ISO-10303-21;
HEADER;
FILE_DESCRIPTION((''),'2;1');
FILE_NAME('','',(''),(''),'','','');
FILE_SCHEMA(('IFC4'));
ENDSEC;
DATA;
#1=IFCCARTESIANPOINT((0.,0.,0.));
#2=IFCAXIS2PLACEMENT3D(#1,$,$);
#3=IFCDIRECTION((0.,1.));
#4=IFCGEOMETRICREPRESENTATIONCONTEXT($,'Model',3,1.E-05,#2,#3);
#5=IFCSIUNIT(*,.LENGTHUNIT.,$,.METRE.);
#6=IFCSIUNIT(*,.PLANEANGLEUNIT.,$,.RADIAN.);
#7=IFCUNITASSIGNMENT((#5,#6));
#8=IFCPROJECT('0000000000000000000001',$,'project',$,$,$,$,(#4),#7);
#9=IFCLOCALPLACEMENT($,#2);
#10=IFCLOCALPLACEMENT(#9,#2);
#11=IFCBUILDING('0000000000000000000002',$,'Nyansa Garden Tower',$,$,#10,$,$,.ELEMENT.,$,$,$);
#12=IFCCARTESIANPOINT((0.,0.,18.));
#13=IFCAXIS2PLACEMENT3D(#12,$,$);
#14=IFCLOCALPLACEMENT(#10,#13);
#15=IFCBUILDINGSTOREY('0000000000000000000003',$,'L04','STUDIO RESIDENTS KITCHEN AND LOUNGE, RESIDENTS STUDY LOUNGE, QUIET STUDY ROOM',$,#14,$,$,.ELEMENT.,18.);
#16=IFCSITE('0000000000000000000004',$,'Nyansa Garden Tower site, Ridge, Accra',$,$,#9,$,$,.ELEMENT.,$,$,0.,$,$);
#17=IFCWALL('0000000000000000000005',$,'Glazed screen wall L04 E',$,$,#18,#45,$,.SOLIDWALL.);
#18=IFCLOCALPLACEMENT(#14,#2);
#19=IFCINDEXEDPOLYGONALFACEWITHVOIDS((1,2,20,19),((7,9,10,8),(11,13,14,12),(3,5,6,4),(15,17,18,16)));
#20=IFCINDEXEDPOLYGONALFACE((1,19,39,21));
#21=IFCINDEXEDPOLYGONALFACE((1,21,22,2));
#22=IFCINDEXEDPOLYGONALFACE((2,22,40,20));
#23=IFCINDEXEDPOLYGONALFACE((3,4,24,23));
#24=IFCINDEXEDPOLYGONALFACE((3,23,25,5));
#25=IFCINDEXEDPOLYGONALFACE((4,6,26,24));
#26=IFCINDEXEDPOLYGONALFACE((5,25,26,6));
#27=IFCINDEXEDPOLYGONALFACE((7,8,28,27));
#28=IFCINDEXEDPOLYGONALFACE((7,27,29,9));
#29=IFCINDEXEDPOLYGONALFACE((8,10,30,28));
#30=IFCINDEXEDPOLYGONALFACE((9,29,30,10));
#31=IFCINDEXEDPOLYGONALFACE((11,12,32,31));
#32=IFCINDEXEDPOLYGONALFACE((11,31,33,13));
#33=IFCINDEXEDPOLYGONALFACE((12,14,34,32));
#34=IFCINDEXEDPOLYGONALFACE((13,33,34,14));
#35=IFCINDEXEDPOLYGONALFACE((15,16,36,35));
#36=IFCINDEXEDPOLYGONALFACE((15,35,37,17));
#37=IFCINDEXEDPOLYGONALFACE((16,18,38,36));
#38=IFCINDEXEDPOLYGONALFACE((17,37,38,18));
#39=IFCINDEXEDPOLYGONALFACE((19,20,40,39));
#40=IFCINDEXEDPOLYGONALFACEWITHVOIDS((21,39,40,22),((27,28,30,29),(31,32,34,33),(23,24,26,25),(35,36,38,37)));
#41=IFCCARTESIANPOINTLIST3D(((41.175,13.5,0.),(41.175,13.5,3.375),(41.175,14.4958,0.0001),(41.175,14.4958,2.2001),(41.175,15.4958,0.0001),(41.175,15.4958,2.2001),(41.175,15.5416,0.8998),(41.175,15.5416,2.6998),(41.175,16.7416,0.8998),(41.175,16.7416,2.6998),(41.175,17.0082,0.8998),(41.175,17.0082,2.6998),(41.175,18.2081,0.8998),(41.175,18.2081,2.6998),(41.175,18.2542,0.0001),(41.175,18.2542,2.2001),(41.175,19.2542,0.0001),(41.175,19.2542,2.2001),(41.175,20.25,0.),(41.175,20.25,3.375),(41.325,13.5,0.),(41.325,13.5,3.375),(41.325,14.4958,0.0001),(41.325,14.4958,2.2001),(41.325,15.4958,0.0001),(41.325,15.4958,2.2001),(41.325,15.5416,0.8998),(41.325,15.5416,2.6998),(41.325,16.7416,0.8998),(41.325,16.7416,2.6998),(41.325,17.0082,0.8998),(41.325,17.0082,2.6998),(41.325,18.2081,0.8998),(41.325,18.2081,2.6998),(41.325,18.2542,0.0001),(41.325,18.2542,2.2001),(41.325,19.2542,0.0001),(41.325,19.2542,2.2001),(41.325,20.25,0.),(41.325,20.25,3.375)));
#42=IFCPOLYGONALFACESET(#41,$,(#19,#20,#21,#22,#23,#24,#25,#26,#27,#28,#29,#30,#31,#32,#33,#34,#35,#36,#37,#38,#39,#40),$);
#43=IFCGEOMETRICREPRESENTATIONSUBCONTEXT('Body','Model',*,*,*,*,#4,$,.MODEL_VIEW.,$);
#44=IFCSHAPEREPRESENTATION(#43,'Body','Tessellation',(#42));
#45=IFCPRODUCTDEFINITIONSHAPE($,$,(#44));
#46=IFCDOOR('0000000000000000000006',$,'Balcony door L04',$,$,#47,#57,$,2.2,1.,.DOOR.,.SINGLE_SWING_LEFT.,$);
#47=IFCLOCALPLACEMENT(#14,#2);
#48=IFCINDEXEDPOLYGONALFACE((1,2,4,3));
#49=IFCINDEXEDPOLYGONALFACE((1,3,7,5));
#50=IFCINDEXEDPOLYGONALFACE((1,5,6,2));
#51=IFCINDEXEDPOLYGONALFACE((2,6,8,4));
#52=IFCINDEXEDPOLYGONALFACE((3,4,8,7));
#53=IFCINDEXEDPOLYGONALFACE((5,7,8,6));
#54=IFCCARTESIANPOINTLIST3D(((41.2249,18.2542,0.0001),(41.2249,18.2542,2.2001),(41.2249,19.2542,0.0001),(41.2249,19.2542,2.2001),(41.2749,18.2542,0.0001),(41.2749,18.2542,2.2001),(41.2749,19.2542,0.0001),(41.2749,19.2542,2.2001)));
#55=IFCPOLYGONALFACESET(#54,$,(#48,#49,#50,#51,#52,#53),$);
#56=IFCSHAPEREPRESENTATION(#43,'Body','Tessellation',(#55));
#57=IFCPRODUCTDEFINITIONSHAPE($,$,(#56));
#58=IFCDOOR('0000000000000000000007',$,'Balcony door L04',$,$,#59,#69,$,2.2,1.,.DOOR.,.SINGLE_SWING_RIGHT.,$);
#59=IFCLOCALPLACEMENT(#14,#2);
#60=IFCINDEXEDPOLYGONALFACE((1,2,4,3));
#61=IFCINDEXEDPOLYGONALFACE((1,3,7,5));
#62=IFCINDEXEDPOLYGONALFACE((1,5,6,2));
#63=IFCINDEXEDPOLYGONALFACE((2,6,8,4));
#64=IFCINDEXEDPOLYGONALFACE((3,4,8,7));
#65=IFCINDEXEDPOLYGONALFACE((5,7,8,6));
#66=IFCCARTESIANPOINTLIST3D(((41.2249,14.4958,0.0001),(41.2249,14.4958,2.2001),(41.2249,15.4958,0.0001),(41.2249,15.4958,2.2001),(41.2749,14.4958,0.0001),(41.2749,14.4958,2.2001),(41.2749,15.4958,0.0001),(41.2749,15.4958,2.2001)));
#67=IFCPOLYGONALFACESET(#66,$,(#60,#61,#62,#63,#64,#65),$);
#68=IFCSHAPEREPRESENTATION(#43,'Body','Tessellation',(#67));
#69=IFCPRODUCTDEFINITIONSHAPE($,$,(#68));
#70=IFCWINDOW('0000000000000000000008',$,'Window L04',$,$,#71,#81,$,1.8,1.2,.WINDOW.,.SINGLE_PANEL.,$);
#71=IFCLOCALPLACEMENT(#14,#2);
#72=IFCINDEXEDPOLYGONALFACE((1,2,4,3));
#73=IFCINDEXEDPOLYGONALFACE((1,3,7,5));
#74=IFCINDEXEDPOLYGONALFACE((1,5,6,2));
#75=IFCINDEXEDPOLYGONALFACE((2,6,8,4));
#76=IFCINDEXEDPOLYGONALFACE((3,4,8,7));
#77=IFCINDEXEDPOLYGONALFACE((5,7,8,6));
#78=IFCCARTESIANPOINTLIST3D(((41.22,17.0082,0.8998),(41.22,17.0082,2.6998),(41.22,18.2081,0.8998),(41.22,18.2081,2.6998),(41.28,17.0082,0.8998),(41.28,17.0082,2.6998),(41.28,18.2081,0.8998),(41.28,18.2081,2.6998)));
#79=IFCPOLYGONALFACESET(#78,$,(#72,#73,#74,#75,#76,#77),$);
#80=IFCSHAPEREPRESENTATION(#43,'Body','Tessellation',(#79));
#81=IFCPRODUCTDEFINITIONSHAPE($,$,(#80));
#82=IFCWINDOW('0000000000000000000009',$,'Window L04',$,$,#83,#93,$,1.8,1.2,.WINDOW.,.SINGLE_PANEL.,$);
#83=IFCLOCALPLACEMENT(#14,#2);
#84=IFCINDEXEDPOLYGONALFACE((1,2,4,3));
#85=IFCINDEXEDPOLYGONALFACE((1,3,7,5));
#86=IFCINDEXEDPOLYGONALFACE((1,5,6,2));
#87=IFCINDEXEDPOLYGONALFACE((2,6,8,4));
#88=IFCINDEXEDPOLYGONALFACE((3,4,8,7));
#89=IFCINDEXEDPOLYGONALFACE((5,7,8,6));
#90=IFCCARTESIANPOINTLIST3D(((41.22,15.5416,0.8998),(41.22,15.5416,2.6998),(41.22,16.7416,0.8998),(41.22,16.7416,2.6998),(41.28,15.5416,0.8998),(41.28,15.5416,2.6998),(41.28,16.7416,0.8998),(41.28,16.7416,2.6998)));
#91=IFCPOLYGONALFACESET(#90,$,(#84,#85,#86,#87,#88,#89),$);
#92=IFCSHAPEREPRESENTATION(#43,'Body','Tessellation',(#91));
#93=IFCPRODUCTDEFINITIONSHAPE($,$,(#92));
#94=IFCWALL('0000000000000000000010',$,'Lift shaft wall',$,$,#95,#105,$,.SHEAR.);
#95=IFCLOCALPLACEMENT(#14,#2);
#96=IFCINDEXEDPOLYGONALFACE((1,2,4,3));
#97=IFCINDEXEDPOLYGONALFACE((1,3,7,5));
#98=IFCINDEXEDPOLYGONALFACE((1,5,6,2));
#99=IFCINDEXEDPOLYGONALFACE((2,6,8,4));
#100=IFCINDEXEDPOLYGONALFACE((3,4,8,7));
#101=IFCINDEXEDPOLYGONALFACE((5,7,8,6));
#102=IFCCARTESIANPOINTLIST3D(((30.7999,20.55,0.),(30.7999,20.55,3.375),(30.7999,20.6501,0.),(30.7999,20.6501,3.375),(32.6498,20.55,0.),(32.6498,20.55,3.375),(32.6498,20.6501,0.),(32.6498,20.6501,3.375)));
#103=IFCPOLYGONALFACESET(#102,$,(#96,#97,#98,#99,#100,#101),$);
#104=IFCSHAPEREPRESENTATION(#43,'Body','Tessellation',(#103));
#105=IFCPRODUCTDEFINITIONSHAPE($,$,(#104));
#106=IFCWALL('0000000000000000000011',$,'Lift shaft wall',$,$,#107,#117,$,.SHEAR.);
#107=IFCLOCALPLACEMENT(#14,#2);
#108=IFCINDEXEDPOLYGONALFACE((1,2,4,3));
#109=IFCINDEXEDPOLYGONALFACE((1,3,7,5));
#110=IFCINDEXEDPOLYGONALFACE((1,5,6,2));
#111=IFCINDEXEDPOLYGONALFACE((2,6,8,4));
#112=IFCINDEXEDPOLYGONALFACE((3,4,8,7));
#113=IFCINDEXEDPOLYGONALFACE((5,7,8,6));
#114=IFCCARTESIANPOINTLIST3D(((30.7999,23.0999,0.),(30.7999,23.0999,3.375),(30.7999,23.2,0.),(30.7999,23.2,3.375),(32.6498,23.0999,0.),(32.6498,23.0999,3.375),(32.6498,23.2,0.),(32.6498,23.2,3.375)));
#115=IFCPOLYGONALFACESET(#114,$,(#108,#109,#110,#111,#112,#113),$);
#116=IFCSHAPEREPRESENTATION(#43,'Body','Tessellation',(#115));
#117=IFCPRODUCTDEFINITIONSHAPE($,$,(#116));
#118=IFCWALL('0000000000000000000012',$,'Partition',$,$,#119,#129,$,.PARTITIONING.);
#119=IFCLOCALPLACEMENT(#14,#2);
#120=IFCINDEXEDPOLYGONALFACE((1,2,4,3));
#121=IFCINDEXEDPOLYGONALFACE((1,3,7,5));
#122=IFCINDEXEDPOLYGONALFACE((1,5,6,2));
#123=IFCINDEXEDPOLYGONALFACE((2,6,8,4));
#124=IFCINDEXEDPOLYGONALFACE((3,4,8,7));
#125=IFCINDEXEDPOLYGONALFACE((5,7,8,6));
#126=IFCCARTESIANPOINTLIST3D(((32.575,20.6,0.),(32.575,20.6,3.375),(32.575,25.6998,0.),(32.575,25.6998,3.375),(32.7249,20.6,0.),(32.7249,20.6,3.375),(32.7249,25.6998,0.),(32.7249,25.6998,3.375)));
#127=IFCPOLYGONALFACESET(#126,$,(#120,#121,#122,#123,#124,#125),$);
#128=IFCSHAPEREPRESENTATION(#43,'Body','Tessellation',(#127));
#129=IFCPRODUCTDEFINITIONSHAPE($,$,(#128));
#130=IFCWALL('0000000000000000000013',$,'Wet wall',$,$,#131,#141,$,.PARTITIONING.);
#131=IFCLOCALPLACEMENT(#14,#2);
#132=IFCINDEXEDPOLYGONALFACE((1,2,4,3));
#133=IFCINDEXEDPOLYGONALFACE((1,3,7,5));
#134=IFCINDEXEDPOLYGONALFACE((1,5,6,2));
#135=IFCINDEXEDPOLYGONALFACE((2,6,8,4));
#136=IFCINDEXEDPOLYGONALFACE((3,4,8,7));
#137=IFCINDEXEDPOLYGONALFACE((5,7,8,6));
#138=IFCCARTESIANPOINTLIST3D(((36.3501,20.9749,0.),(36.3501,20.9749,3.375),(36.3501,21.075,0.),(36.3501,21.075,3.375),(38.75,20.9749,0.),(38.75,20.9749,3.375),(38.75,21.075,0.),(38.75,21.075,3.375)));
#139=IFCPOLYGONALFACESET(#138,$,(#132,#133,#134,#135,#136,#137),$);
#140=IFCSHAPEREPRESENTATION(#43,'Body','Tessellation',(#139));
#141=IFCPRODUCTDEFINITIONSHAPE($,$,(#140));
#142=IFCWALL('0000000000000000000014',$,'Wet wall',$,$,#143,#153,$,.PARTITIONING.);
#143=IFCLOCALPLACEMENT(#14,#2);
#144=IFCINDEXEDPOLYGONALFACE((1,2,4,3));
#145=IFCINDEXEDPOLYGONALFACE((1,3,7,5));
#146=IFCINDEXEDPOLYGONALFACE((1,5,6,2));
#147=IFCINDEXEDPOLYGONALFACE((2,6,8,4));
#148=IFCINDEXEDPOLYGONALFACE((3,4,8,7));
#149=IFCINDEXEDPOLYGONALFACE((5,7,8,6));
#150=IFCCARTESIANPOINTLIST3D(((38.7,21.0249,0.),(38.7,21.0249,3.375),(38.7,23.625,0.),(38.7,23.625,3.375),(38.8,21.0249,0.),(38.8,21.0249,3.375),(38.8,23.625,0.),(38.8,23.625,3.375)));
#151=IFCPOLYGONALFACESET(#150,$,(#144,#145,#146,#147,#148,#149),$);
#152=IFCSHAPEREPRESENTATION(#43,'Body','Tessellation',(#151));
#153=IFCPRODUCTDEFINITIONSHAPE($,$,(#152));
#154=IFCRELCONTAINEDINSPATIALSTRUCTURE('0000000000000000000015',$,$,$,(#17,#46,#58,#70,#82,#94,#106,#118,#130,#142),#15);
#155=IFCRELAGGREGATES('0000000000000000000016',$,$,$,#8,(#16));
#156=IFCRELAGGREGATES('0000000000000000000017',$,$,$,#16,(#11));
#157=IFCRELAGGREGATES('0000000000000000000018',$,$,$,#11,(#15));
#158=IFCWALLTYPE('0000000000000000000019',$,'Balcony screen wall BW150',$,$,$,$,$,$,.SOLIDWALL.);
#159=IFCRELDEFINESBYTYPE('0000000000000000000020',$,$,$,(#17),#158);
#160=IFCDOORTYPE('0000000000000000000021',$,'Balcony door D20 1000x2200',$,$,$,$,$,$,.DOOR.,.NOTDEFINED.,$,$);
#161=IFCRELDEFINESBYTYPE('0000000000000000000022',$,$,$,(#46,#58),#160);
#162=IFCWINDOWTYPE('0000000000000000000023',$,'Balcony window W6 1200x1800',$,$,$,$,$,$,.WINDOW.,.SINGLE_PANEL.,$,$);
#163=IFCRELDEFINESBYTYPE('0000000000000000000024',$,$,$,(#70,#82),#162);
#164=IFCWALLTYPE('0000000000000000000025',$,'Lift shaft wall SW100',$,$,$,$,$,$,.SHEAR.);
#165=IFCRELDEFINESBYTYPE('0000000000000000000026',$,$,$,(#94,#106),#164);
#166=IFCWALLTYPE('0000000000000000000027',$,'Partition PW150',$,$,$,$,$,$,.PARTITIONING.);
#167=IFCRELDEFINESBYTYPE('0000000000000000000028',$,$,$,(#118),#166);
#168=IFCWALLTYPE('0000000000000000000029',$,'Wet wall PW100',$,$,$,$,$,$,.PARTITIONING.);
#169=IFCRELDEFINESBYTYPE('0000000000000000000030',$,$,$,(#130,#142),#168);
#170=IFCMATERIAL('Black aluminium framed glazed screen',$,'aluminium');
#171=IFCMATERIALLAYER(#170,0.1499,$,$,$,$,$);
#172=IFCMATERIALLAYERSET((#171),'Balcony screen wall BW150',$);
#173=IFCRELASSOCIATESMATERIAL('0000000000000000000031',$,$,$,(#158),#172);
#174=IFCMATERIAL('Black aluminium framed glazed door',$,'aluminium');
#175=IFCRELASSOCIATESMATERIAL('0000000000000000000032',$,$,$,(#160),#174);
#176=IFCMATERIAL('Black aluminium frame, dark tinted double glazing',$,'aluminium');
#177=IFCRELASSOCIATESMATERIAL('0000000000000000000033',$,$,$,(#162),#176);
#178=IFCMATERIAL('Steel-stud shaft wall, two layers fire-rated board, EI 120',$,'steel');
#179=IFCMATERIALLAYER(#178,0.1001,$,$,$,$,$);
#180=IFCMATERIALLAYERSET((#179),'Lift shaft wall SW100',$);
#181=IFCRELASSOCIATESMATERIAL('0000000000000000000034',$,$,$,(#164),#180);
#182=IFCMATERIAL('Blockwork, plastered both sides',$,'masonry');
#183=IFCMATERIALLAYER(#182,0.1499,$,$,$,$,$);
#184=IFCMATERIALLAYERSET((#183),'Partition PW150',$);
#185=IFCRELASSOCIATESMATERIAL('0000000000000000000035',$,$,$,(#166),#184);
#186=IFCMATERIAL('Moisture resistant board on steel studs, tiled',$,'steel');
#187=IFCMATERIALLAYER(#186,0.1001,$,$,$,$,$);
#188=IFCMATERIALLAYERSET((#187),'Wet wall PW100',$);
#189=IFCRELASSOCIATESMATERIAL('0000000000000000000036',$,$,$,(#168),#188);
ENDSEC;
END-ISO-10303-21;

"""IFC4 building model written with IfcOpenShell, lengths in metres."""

from ifc_helpers import new_model, si_unit, direction, frame, frame_2d, origin, place, context, subcontext, project, spatial, rectangle, extrude, material, layer, layer_set, type_object, element, fill, save


model = new_model("IFC4")

# Units and contexts
model_context = context("Model", 3, precision=1e-05, world=origin(), true_north=direction((0.0, 1.0)))
body_context = subcontext(model_context, "Body", "Model", "MODEL_VIEW")
ifc_project = project(units=[si_unit("LENGTHUNIT", "METRE"), si_unit("PLANEANGLEUNIT", "RADIAN")], contexts=[model_context])

# Site, building, storey
site_placement = place(None, origin())
site = spatial("IfcSite", under=ifc_project, at=site_placement, Name="Nyansa Garden Tower site, Ridge, Accra", CompositionType="ELEMENT", RefElevation=0.0)
building_placement = place(site_placement, origin())
building = spatial("IfcBuilding", under=site, at=building_placement, Name="Nyansa Garden Tower", CompositionType="ELEMENT")
storey_placement = place(building_placement, frame((0.0, 0.0, 18.0)))
storey = spatial("IfcBuildingStorey", under=building, at=storey_placement, Name="L04", Description="STUDIO RESIDENTS KITCHEN AND LOUNGE, RESIDENTS STUDY LOUNGE, QUIET STUDY ROOM", CompositionType="ELEMENT", Elevation=18.0)

# Wall, openings, doors, windows
ifc_material_1 = material(Name="Black aluminium framed glazed screen", Category="aluminium")
ifc_layer_1 = layer(ifc_material_1, 0.1499)
ifc_layer_set_1 = layer_set([ifc_layer_1], Name="Balcony screen wall BW150")
wall_type_1 = type_object("IfcWallType", Name="Balcony screen wall BW150", PredefinedType="SOLIDWALL", material=ifc_layer_set_1)
wall_1_placement = place(storey_placement, frame((41.25, 20.25, 0.0), z_axis=(0.0, 0.0, 1.0), x_axis=(0.0, -1.0, 0.0)))
wall_1 = element("IfcWall", 1, at=wall_1_placement, inside=storey, type_object=wall_type_1, Name="Glazed screen wall L04 E", PredefinedType="SOLIDWALL", context=body_context, shape_type="SweptSolid", body=[
    extrude(rectangle(XDim=6.75, YDim=0.1499, at=frame_2d((3.375, 0.0))), origin(), (0.0, 0.0, 1.0), 3.375),
])
opening_1_placement = place(wall_1_placement, frame((0.9958, 0.0, 0.0)))
opening_1 = element("IfcOpeningElement", 2, at=opening_1_placement, cuts=wall_1, PredefinedType="OPENING", context=body_context, shape_type="SweptSolid", body=[
    extrude(rectangle(XDim=1.0, YDim=2.2, at=frame_2d((0.5, 1.1001))), frame((0.0, 0.085, 0.0), z_axis=(0.0, -1.0, 0.0), x_axis=(1.0, 0.0, 0.0)), (0.0, 0.0, 1.0), 0.1699),
])
opening_2_placement = place(wall_1_placement, frame((2.0417, 0.0, 0.8999)))
opening_2 = element("IfcOpeningElement", 3, at=opening_2_placement, cuts=wall_1, PredefinedType="OPENING", context=body_context, shape_type="SweptSolid", body=[
    extrude(rectangle(XDim=1.2, YDim=1.8, at=frame_2d((0.6001, 0.8999))), frame((0.0, 0.085, 0.0), z_axis=(0.0, -1.0, 0.0), x_axis=(1.0, 0.0, 0.0)), (0.0, 0.0, 1.0), 0.1699),
])
opening_3_placement = place(wall_1_placement, frame((4.7542, 0.0, 0.0)))
opening_3 = element("IfcOpeningElement", 4, at=opening_3_placement, cuts=wall_1, PredefinedType="OPENING", context=body_context, shape_type="SweptSolid", body=[
    extrude(rectangle(XDim=1.0, YDim=2.2, at=frame_2d((0.5, 1.1001))), frame((0.0, 0.085, 0.0), z_axis=(0.0, -1.0, 0.0), x_axis=(1.0, 0.0, 0.0)), (0.0, 0.0, 1.0), 0.1699),
])
opening_4_placement = place(wall_1_placement, frame((3.5083, 0.0, 0.8999)))
opening_4 = element("IfcOpeningElement", 5, at=opening_4_placement, cuts=wall_1, PredefinedType="OPENING", context=body_context, shape_type="SweptSolid", body=[
    extrude(rectangle(XDim=1.2, YDim=1.8, at=frame_2d((0.6001, 0.8999))), frame((0.0, 0.085, 0.0), z_axis=(0.0, -1.0, 0.0), x_axis=(1.0, 0.0, 0.0)), (0.0, 0.0, 1.0), 0.1699),
])
ifc_material_2 = material(Name="Black aluminium framed glazed door", Category="aluminium")
door_type_1 = type_object("IfcDoorType", Name="Balcony door D20 1000x2200", OperationType="NOTDEFINED", PredefinedType="DOOR", material=ifc_material_2)
door_1_placement = place(opening_1_placement, origin())
door_1 = element("IfcDoor", 6, at=door_1_placement, inside=storey, type_object=door_type_1, Name="Balcony door L04", OperationType="SINGLE_SWING_LEFT", OverallHeight=2.2, OverallWidth=1.0, PredefinedType="DOOR", context=body_context, shape_type="SweptSolid", body=[
    extrude(rectangle(XDim=1.0, YDim=2.2, at=frame_2d((0.5, 1.1001))), frame((0.0, 0.0249, 0.0), z_axis=(0.0, -1.0, 0.0), x_axis=(1.0, 0.0, 0.0)), (0.0, 0.0, 1.0), 0.05),
])
fill(opening_1, door_1)
door_2_placement = place(opening_3_placement, origin())
door_2 = element("IfcDoor", 7, at=door_2_placement, inside=storey, type_object=door_type_1, Name="Balcony door L04", OperationType="SINGLE_SWING_RIGHT", OverallHeight=2.2, OverallWidth=1.0, PredefinedType="DOOR", context=body_context, shape_type="SweptSolid", body=[
    extrude(rectangle(XDim=1.0, YDim=2.2, at=frame_2d((0.5, 1.1001))), frame((0.0, 0.0249, 0.0), z_axis=(0.0, -1.0, 0.0), x_axis=(1.0, 0.0, 0.0)), (0.0, 0.0, 1.0), 0.05),
])
fill(opening_3, door_2)
ifc_material_3 = material(Name="Black aluminium frame, dark tinted double glazing", Category="aluminium")
window_type = type_object("IfcWindowType", Name="Balcony window W6 1200x1800", PartitioningType="SINGLE_PANEL", PredefinedType="WINDOW", material=ifc_material_3)
window_1_placement = place(opening_2_placement, origin())
window_1 = element("IfcWindow", 8, at=window_1_placement, inside=storey, type_object=window_type, Name="Window L04", OverallHeight=1.8, OverallWidth=1.2, PartitioningType="SINGLE_PANEL", PredefinedType="WINDOW", context=body_context, shape_type="SweptSolid", body=[
    extrude(rectangle(XDim=1.2, YDim=1.8, at=frame_2d((0.6001, 0.8999))), frame((0.0, 0.03, 0.0), z_axis=(0.0, -1.0, 0.0), x_axis=(1.0, 0.0, 0.0)), (0.0, 0.0, 1.0), 0.0601),
])
fill(opening_2, window_1)
window_2_placement = place(opening_4_placement, origin())
window_2 = element("IfcWindow", 9, at=window_2_placement, inside=storey, type_object=window_type, Name="Window L04", OverallHeight=1.8, OverallWidth=1.2, PartitioningType="SINGLE_PANEL", PredefinedType="WINDOW", context=body_context, shape_type="SweptSolid", body=[
    extrude(rectangle(XDim=1.2, YDim=1.8, at=frame_2d((0.6001, 0.8999))), frame((0.0, 0.03, 0.0), z_axis=(0.0, -1.0, 0.0), x_axis=(1.0, 0.0, 0.0)), (0.0, 0.0, 1.0), 0.0601),
])
fill(opening_4, window_2)

# Walls
ifc_material_4 = material(Name="Steel-stud shaft wall, two layers fire-rated board, EI 120", Category="steel")
ifc_layer_2 = layer(ifc_material_4, 0.1001)
ifc_layer_set_2 = layer_set([ifc_layer_2], Name="Lift shaft wall SW100")
wall_type_2 = type_object("IfcWallType", Name="Lift shaft wall SW100", PredefinedType="SHEAR", material=ifc_layer_set_2)
for number, where, z_axis, x_axis, name in (
    (10, (30.8, 20.6001, 0.0), (0.0, 0.0, 1.0), (1.0, 0.0, 0.0), "Lift shaft wall"),
    (11, (30.8, 23.1499, 0.0), (0.0, 0.0, 1.0), (1.0, 0.0, 0.0), "Lift shaft wall"),
):
    element("IfcWall", number, at=place(storey_placement, frame(where, z_axis=z_axis, x_axis=x_axis)), inside=storey, type_object=wall_type_2, Name=name, PredefinedType="SHEAR", context=body_context, shape_type="SweptSolid", body=[
        extrude(rectangle(XDim=1.8499, YDim=0.1001, at=frame_2d((0.9248, 0.0))), origin(), (0.0, 0.0, 1.0), 3.375),
    ])
ifc_material_5 = material(Name="Blockwork, plastered both sides", Category="masonry")
ifc_layer_3 = layer(ifc_material_5, 0.1499)
ifc_layer_set_3 = layer_set([ifc_layer_3], Name="Partition PW150")
wall_type_3 = type_object("IfcWallType", Name="Partition PW150", PredefinedType="PARTITIONING", material=ifc_layer_set_3)
wall_2_placement = place(storey_placement, frame((32.6499, 20.6001, 0.0), z_axis=(0.0, 0.0, 1.0), x_axis=(0.0, 1.0, 0.0)))
element("IfcWall", 12, at=wall_2_placement, inside=storey, type_object=wall_type_3, Name="Partition", PredefinedType="PARTITIONING", context=body_context, shape_type="SweptSolid", body=[
    extrude(rectangle(XDim=5.0999, YDim=0.1499, at=frame_2d((2.5498, 0.0))), origin(), (0.0, 0.0, 1.0), 3.375),
])
ifc_material_6 = material(Name="Moisture resistant board on steel studs, tiled", Category="steel")
ifc_layer_4 = layer(ifc_material_6, 0.1001)
ifc_layer_set_4 = layer_set([ifc_layer_4], Name="Wet wall PW100")
wall_type_4 = type_object("IfcWallType", Name="Wet wall PW100", PredefinedType="PARTITIONING", material=ifc_layer_set_4)
wall_3_placement = place(storey_placement, frame((36.3501, 21.0249, 0.0), z_axis=(0.0, 0.0, 1.0), x_axis=(1.0, 0.0, 0.0)))
element("IfcWall", 13, at=wall_3_placement, inside=storey, type_object=wall_type_4, Name="Wet wall", PredefinedType="PARTITIONING", context=body_context, shape_type="SweptSolid", body=[
    extrude(rectangle(XDim=2.3999, YDim=0.1001, at=frame_2d((1.2, 0.0))), origin(), (0.0, 0.0, 1.0), 3.375),
])
wall_4_placement = place(storey_placement, frame((38.75, 21.0249, 0.0), z_axis=(0.0, 0.0, 1.0), x_axis=(0.0, 1.0, 0.0)))
element("IfcWall", 14, at=wall_4_placement, inside=storey, type_object=wall_type_4, Name="Wet wall", PredefinedType="PARTITIONING", context=body_context, shape_type="SweptSolid", body=[
    extrude(rectangle(XDim=2.6001, YDim=0.1001, at=frame_2d((1.3, 0.0))), origin(), (0.0, 0.0, 1.0), 3.375),
])

save(model, "model.ifc")
